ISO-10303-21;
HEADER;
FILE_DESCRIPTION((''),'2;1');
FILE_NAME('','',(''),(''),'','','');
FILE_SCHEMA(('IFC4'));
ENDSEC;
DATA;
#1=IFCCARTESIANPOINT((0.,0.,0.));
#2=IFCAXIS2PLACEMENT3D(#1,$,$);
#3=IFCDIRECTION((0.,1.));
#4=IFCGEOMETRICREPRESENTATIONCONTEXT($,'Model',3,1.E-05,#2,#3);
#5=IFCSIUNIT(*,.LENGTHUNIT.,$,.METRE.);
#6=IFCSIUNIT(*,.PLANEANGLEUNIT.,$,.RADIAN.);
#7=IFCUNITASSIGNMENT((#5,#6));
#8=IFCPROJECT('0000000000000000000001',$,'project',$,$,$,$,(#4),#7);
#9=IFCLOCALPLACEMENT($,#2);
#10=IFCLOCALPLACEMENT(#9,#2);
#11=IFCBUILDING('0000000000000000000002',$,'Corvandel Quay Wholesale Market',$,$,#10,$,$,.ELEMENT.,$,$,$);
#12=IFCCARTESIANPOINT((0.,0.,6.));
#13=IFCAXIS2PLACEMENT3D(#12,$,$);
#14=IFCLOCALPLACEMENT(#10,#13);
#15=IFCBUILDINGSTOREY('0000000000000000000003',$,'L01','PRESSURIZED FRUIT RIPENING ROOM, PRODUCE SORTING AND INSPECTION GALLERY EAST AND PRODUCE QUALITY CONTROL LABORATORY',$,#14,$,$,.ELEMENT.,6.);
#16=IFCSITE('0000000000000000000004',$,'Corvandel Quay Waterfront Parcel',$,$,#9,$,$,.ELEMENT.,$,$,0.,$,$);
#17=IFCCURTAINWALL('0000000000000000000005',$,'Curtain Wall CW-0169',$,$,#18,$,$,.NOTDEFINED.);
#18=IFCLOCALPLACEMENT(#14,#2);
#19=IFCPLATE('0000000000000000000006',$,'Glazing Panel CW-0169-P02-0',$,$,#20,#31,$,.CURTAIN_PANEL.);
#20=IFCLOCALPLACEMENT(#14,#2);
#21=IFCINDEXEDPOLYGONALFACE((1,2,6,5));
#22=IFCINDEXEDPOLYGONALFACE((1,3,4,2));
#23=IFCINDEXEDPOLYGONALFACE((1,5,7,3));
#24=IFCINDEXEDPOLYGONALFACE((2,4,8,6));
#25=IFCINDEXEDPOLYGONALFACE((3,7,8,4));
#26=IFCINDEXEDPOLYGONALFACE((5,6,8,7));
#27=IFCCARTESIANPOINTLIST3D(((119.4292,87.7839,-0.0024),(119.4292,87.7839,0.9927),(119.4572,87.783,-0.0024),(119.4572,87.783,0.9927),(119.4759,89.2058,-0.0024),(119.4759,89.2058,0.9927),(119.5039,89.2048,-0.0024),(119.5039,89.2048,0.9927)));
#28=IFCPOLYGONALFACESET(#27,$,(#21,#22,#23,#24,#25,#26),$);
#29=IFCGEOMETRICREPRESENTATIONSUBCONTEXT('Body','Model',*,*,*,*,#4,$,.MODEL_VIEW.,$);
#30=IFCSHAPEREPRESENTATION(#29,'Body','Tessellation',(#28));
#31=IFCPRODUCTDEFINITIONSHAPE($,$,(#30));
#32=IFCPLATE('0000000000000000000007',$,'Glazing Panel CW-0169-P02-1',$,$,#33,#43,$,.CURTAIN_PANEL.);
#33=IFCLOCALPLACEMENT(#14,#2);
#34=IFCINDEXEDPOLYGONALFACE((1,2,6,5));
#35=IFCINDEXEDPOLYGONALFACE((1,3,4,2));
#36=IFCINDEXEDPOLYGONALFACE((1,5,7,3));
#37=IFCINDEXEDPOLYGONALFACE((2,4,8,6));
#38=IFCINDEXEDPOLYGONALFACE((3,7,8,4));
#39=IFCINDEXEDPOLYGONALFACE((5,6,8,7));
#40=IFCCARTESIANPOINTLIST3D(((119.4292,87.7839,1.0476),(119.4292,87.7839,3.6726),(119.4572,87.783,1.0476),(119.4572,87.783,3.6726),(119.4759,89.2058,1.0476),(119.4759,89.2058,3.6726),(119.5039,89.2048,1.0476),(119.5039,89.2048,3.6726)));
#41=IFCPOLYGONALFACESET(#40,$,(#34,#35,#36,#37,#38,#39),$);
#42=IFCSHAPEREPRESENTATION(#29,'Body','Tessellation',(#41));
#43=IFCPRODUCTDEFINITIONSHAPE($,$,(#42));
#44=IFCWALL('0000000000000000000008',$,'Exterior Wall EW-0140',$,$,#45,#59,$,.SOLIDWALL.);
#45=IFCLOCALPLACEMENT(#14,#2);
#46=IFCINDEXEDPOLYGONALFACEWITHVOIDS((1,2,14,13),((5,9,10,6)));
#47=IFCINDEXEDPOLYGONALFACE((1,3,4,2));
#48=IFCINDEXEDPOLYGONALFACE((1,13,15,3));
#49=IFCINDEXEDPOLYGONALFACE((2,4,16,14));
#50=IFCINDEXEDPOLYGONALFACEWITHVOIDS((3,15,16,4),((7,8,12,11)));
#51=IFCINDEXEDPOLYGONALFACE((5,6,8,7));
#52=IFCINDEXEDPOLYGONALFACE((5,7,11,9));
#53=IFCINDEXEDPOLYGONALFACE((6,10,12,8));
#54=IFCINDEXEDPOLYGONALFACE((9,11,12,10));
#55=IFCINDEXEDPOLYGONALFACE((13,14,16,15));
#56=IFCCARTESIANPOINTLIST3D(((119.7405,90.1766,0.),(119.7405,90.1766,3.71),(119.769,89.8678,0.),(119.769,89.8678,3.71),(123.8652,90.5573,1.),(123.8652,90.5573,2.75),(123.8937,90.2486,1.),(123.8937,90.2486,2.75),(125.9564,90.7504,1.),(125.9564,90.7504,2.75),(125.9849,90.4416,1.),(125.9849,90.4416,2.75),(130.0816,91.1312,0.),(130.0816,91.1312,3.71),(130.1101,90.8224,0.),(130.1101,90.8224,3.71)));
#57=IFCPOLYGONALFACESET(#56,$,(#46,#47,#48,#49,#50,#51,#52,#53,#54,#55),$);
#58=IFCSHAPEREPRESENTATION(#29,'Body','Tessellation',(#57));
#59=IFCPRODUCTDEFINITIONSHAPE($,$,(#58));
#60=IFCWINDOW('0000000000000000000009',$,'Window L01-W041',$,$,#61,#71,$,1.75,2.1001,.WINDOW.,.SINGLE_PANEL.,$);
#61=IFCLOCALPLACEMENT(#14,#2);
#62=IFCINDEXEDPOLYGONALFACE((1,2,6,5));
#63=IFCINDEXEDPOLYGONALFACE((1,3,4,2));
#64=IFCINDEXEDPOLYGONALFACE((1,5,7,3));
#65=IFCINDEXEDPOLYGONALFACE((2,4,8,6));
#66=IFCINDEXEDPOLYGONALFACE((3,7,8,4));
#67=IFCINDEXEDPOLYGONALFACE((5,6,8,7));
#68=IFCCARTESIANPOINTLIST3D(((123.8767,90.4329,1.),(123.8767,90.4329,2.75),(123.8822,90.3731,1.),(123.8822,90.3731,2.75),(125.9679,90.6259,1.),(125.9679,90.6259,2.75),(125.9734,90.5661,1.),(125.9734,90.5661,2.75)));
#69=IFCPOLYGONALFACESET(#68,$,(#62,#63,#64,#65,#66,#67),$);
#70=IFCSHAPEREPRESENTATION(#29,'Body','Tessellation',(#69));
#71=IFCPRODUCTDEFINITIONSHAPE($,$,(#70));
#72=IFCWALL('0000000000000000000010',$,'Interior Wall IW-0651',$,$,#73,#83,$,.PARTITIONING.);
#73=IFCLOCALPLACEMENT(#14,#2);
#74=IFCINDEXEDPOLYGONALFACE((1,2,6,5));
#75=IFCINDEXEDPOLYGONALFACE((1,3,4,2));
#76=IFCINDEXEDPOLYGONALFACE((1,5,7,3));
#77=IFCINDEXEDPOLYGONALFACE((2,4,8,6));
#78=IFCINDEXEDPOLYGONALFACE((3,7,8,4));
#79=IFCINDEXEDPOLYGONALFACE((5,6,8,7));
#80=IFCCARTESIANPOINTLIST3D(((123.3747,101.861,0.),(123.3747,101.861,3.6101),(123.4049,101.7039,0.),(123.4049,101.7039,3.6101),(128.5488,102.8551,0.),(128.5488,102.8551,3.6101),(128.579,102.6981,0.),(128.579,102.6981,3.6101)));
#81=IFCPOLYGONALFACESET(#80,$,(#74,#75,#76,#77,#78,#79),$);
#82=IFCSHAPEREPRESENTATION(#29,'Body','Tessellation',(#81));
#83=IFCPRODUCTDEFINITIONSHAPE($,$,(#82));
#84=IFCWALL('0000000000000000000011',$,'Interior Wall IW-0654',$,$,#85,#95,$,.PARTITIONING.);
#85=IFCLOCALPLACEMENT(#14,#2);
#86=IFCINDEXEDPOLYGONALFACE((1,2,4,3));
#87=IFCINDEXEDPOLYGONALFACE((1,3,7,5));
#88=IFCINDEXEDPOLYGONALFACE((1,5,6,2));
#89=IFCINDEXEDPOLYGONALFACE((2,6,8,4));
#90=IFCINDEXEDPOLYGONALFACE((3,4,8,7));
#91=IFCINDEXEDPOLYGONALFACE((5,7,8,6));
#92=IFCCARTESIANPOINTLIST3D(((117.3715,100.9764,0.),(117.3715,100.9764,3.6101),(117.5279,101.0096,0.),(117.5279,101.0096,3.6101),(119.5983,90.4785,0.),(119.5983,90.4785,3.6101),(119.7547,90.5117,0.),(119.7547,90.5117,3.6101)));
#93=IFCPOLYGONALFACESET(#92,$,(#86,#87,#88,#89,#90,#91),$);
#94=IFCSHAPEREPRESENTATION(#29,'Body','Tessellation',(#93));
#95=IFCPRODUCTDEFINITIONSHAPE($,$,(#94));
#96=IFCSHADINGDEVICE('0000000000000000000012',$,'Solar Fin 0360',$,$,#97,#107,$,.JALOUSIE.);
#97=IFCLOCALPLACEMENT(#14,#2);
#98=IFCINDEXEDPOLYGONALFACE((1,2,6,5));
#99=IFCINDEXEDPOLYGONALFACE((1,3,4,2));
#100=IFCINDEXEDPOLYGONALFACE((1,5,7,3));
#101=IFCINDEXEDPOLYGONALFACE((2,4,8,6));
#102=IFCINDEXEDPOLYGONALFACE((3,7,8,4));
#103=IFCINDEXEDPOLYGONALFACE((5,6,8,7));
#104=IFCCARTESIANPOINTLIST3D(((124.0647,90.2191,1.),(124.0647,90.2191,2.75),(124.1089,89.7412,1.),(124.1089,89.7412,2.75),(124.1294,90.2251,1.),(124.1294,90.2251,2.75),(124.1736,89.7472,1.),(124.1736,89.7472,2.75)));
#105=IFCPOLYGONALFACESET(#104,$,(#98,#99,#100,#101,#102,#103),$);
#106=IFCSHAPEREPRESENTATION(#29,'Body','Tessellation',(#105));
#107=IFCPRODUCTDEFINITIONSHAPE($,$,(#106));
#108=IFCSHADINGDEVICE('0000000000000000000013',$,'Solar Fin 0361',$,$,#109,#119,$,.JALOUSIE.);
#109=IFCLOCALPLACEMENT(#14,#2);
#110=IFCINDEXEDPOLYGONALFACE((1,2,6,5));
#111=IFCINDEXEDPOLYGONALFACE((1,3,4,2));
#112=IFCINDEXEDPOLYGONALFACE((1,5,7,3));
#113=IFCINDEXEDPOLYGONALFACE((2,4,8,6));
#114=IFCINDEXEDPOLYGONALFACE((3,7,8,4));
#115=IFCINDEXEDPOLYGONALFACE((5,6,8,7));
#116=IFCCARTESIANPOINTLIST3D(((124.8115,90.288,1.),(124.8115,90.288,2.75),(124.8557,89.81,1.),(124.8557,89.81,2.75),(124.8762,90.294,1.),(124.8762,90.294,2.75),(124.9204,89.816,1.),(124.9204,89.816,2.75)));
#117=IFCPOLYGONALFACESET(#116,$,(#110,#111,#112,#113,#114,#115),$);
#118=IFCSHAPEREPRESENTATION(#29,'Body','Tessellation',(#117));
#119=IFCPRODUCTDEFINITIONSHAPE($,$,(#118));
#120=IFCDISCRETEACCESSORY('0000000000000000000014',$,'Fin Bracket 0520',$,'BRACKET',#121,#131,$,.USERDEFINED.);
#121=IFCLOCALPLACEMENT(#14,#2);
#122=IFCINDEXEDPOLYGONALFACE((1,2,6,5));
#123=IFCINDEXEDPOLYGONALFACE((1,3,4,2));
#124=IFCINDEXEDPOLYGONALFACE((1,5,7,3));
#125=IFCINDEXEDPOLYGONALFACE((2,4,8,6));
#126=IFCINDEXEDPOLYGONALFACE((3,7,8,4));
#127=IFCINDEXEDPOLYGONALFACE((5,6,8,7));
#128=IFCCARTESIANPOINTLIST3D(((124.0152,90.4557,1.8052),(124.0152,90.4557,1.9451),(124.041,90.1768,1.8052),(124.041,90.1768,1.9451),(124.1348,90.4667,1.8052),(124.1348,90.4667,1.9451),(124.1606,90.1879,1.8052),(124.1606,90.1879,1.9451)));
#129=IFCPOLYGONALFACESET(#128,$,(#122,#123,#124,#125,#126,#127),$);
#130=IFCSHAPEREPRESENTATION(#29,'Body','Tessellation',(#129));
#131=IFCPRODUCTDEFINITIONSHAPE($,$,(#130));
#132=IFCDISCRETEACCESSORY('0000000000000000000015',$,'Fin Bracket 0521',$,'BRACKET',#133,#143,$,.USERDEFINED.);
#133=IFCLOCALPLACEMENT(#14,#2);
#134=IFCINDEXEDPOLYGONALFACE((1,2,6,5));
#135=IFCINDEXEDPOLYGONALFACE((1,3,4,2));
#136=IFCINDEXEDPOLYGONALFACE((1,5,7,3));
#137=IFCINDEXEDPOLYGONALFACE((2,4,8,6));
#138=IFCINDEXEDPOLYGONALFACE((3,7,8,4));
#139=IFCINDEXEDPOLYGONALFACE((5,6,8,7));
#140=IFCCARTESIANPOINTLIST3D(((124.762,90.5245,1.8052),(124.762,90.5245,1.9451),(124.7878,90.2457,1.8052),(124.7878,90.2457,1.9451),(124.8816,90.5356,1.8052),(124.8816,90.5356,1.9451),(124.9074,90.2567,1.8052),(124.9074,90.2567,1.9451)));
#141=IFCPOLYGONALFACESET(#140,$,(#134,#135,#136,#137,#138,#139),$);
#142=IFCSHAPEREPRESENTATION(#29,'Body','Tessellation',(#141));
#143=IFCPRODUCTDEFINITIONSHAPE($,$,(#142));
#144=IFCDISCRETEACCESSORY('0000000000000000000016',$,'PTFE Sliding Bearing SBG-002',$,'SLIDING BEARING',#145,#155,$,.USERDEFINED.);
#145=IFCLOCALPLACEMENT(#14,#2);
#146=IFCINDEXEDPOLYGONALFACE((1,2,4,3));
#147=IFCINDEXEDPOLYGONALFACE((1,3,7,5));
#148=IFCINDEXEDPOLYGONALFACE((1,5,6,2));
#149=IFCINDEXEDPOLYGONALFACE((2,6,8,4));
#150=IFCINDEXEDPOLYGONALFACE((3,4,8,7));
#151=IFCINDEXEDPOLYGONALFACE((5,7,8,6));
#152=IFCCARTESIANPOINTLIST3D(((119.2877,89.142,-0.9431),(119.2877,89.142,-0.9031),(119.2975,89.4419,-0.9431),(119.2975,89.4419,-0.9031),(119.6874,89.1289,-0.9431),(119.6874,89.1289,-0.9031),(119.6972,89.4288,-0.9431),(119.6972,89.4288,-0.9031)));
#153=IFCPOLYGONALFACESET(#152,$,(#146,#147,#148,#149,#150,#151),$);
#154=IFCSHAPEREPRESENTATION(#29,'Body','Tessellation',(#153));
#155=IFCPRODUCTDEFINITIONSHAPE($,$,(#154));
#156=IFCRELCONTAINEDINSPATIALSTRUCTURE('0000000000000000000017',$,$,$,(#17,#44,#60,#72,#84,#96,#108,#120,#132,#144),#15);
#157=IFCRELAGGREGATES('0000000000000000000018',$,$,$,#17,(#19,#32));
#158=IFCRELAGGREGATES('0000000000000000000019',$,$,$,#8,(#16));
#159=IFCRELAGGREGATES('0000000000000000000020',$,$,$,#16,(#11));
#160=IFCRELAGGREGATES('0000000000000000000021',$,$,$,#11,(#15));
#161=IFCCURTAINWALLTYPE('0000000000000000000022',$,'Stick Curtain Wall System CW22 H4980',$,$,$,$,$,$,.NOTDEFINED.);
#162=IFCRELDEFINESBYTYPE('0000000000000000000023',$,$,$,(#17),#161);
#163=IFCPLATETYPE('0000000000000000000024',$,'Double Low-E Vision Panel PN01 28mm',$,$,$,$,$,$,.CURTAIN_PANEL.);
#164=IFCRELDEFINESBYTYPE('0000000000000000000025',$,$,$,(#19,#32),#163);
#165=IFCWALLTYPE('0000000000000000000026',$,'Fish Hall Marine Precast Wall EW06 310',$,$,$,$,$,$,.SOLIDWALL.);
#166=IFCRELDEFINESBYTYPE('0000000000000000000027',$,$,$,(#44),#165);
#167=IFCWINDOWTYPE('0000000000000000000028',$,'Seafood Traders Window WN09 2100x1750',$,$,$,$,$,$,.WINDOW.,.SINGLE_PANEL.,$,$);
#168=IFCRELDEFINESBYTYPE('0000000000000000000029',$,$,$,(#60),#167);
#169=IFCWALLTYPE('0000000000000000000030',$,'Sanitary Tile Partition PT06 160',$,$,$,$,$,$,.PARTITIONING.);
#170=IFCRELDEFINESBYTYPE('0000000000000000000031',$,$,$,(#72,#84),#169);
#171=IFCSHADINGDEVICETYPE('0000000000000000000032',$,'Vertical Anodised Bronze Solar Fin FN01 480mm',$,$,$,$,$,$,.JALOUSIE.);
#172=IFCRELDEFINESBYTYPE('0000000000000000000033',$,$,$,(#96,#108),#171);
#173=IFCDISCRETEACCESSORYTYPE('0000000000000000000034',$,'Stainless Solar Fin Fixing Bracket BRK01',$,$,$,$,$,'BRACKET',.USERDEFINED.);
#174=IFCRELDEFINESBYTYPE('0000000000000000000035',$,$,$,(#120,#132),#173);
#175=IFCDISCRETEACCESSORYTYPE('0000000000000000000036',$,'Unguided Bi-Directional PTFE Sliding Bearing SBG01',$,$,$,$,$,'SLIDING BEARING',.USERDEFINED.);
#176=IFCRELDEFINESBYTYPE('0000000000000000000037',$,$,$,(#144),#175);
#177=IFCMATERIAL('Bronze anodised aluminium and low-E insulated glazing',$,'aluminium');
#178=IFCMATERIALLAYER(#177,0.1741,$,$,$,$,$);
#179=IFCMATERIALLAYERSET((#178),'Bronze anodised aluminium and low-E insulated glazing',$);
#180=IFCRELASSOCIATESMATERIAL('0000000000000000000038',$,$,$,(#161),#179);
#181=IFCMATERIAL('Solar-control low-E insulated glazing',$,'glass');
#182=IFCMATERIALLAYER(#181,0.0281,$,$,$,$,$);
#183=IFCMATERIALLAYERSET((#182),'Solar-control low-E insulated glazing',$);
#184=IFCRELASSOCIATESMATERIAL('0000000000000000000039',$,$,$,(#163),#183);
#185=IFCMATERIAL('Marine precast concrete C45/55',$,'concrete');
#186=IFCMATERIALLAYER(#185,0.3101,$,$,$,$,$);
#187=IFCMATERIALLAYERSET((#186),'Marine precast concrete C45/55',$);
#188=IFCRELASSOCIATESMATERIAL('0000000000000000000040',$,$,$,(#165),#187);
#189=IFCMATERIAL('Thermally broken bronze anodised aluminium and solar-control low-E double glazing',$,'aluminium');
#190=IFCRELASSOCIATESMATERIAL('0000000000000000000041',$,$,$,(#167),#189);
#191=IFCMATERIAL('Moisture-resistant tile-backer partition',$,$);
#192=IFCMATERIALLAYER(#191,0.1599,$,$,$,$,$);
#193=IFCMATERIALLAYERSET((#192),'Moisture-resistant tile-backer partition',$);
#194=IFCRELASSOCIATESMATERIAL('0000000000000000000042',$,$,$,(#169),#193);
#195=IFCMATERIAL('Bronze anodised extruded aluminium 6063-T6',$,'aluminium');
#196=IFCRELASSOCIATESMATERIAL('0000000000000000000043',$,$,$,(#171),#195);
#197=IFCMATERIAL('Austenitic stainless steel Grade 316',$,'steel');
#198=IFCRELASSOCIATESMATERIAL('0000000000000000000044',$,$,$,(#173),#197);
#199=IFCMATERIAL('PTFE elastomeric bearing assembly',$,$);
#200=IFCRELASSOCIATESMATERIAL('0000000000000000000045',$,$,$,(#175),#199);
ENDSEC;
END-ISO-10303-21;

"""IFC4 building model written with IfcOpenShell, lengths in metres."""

from ifc_helpers import new_model, si_unit, direction, frame, frame_2d, origin, origin_2d, place, context, subcontext, project, spatial, rectangle, extrude, material, layer, layer_set, type_object, element, fill, aggregate, save


model = new_model("IFC4")

# Units and contexts
model_context = context("Model", 3, precision=1e-05, world=origin(), true_north=direction((0.0, 1.0)))
body_context = subcontext(model_context, "Body", "Model", "MODEL_VIEW")
ifc_project = project(units=[si_unit("LENGTHUNIT", "METRE"), si_unit("PLANEANGLEUNIT", "RADIAN")], contexts=[model_context])

# Site, building, storey
site_placement = place(None, origin())
site = spatial("IfcSite", under=ifc_project, at=site_placement, Name="Corvandel Quay Waterfront Parcel", CompositionType="ELEMENT", RefElevation=0.0)
building_placement = place(site_placement, origin())
building = spatial("IfcBuilding", under=site, at=building_placement, Name="Corvandel Quay Wholesale Market", CompositionType="ELEMENT")
storey_placement = place(building_placement, frame((0.0, 0.0, 6.0)))
storey = spatial("IfcBuildingStorey", under=building, at=storey_placement, Name="L01", Description="PRESSURIZED FRUIT RIPENING ROOM, PRODUCE SORTING AND INSPECTION GALLERY EAST AND PRODUCE QUALITY CONTROL LABORATORY", CompositionType="ELEMENT", Elevation=6.0)

# Curtain wall
ifc_material_1 = material(Name="Bronze anodised aluminium and low-E insulated glazing", Category="aluminium")
ifc_layer_1 = layer(ifc_material_1, 0.1741)
ifc_layer_set_1 = layer_set([ifc_layer_1], Name="Bronze anodised aluminium and low-E insulated glazing")
curtain_wall_type = type_object("IfcCurtainWallType", Name="Stick Curtain Wall System CW22 H4980", PredefinedType="NOTDEFINED", material=ifc_layer_set_1)
curtain_wall_placement = place(storey_placement, origin())
curtain_wall = element("IfcCurtainWall", 1, at=curtain_wall_placement, inside=storey, type_object=curtain_wall_type, Name="Curtain Wall CW-0169", PredefinedType="NOTDEFINED")

# Plates
ifc_material_2 = material(Name="Solar-control low-E insulated glazing", Category="glass")
ifc_layer_2 = layer(ifc_material_2, 0.0281)
ifc_layer_set_2 = layer_set([ifc_layer_2], Name="Solar-control low-E insulated glazing")
plate_type_1 = type_object("IfcPlateType", Name="Double Low-E Vision Panel PN01 28mm", PredefinedType="CURTAIN_PANEL", material=ifc_layer_set_2)
plate_1_placement = place(storey_placement, frame((119.4666, 88.4944, -0.0024), z_axis=(0.0, 0.0, 1.0), x_axis=(0.032806, 0.999462, 0.0)))
plate_1 = element("IfcPlate", 2, at=plate_1_placement, type_object=plate_type_1, Name="Glazing Panel CW-0169-P02-0", PredefinedType="CURTAIN_PANEL", context=body_context, shape_type="SweptSolid", body=[
    extrude(rectangle(XDim=1.4226, YDim=0.0281, at=origin_2d()), origin(), (0.0, 0.0, 1.0), 0.9951),
])
plate_2_placement = place(storey_placement, frame((119.4666, 88.4944, 1.0476), z_axis=(0.0, 0.0, 1.0), x_axis=(0.032806, 0.999462, 0.0)))
plate_2 = element("IfcPlate", 3, at=plate_2_placement, type_object=plate_type_1, Name="Glazing Panel CW-0169-P02-1", PredefinedType="CURTAIN_PANEL", context=body_context, shape_type="SweptSolid", body=[
    extrude(rectangle(XDim=1.4226, YDim=0.0281, at=origin_2d()), origin(), (0.0, 0.0, 1.0), 2.625),
])
aggregate(curtain_wall, [plate_1, plate_2])

# Wall, opening, window
ifc_material_3 = material(Name="Marine precast concrete C45/55", Category="concrete")
ifc_layer_3 = layer(ifc_material_3, 0.3101)
ifc_layer_set_3 = layer_set([ifc_layer_3], Name="Marine precast concrete C45/55")
wall_type_1 = type_object("IfcWallType", Name="Fish Hall Marine Precast Wall EW06 310", PredefinedType="SOLIDWALL", material=ifc_layer_set_3)
wall_1_placement = place(storey_placement, frame((119.7549, 90.0222, 0.0), z_axis=(0.0, 0.0, 1.0), x_axis=(0.995766, 0.09192, 0.0)))
wall_1 = element("IfcWall", 4, at=wall_1_placement, inside=storey, type_object=wall_type_1, Name="Exterior Wall EW-0140", PredefinedType="SOLIDWALL", context=body_context, shape_type="SweptSolid", body=[
    extrude(rectangle(XDim=10.385, YDim=0.3101, at=frame_2d((5.1924, 0.0))), origin(), (0.0, 0.0, 1.0), 3.71),
])
opening_placement = place(wall_1_placement, frame((4.1421, 0.0, 1.0)))
opening = element("IfcOpeningElement", 5, at=opening_placement, cuts=wall_1, PredefinedType="OPENING", context=body_context, shape_type="SweptSolid", body=[
    extrude(rectangle(XDim=2.1001, YDim=1.75, at=frame_2d((1.05, 0.875))), frame((0.0, 0.165, 0.0), z_axis=(0.0, -1.0, 0.0), x_axis=(1.0, 0.0, 0.0)), (0.0, 0.0, 1.0), 0.3301),
])
ifc_material_4 = material(Name="Thermally broken bronze anodised aluminium and solar-control low-E double glazing", Category="aluminium")
window_type = type_object("IfcWindowType", Name="Seafood Traders Window WN09 2100x1750", PartitioningType="SINGLE_PANEL", PredefinedType="WINDOW", material=ifc_material_4)
window_placement = place(opening_placement, origin())
window = element("IfcWindow", 6, at=window_placement, inside=storey, type_object=window_type, Name="Window L01-W041", OverallHeight=1.75, OverallWidth=2.1001, PartitioningType="SINGLE_PANEL", PredefinedType="WINDOW", context=body_context, shape_type="SweptSolid", body=[
    extrude(rectangle(XDim=2.1001, YDim=1.75, at=frame_2d((1.05, 0.875))), frame((0.0, 0.03, 0.0), z_axis=(0.0, -1.0, 0.0), x_axis=(1.0, 0.0, 0.0)), (0.0, 0.0, 1.0), 0.0601),
])
fill(opening, window)

# Walls
ifc_material_5 = material(Name="Moisture-resistant tile-backer partition")
ifc_layer_4 = layer(ifc_material_5, 0.1599)
ifc_layer_set_4 = layer_set([ifc_layer_4], Name="Moisture-resistant tile-backer partition")
wall_type_2 = type_object("IfcWallType", Name="Sanitary Tile Partition PT06 160", PredefinedType="PARTITIONING", material=ifc_layer_set_4)
wall_2_placement = place(storey_placement, frame((123.3899, 101.7825, 0.0), z_axis=(0.0, 0.0, 1.0), x_axis=(0.982037, 0.188688, 0.0)))
element("IfcWall", 7, at=wall_2_placement, inside=storey, type_object=wall_type_2, Name="Interior Wall IW-0651", PredefinedType="PARTITIONING", context=body_context, shape_type="SweptSolid", body=[
    extrude(rectangle(XDim=5.2688, YDim=0.1599, at=frame_2d((2.6343, 0.0))), origin(), (0.0, 0.0, 1.0), 3.6101),
])
wall_3_placement = place(storey_placement, frame((119.6765, 90.4951, 0.0), z_axis=(0.0, 0.0, 1.0), x_axis=(-0.207504, 0.978234, 0.0)))
element("IfcWall", 8, at=wall_3_placement, inside=storey, type_object=wall_type_2, Name="Interior Wall IW-0654", PredefinedType="PARTITIONING", context=body_context, shape_type="SweptSolid", body=[
    extrude(rectangle(XDim=10.7314, YDim=0.1599, at=frame_2d((5.3657, 0.0))), origin(), (0.0, 0.0, 1.0), 3.6101),
])

# Shading devices
ifc_material_6 = material(Name="Bronze anodised extruded aluminium 6063-T6", Category="aluminium")
shading_device_type = type_object("IfcShadingDeviceType", Name="Vertical Anodised Bronze Solar Fin FN01 480mm", PredefinedType="JALOUSIE", material=ifc_material_6)
for number, where, z_axis, x_axis, name in (
    (9, (124.1191, 89.9832, 1.0), (0.0, 0.0, 1.0), (-0.092023, 0.995757, 0.0), "Solar Fin 0360"),
    (10, (124.866, 90.052, 1.0), (0.0, 0.0, 1.0), (-0.092023, 0.995757, 0.0), "Solar Fin 0361"),
):
    element("IfcShadingDevice", number, at=place(storey_placement, frame(where, z_axis=z_axis, x_axis=x_axis)), inside=storey, type_object=shading_device_type, Name=name, PredefinedType="JALOUSIE", context=body_context, shape_type="SweptSolid", body=[
        extrude(rectangle(XDim=0.48, YDim=0.0649, at=origin_2d()), origin(), (0.0, 0.0, 1.0), 1.75),
    ])

# Discrete accessories
ifc_material_7 = material(Name="Austenitic stainless steel Grade 316", Category="steel")
discrete_accessory_type_1 = type_object("IfcDiscreteAccessoryType", Name="Stainless Solar Fin Fixing Bracket BRK01", ElementType="BRACKET", PredefinedType="USERDEFINED", material=ifc_material_7)
for number, where, z_axis, x_axis, name in (
    (11, (124.0879, 90.3218, 1.8052), (0.0, 0.0, 1.0), (-0.092023, 0.995757, 0.0), "Fin Bracket 0520"),
    (12, (124.8347, 90.3906, 1.8052), (0.0, 0.0, 1.0), (-0.092023, 0.995757, 0.0), "Fin Bracket 0521"),
):
    element("IfcDiscreteAccessory", number, at=place(storey_placement, frame(where, z_axis=z_axis, x_axis=x_axis)), inside=storey, type_object=discrete_accessory_type_1, Name=name, ObjectType="BRACKET", PredefinedType="USERDEFINED", context=body_context, shape_type="SweptSolid", body=[
        extrude(rectangle(XDim=0.28, YDim=0.1201, at=origin_2d()), origin(), (0.0, 0.0, 1.0), 0.1399),
    ])
ifc_material_8 = material(Name="PTFE elastomeric bearing assembly")
discrete_accessory_type_2 = type_object("IfcDiscreteAccessoryType", Name="Unguided Bi-Directional PTFE Sliding Bearing SBG01", ElementType="SLIDING BEARING", PredefinedType="USERDEFINED", material=ifc_material_8)
discrete_accessory_placement = place(storey_placement, frame((119.4924, 89.2854, -0.9431), z_axis=(0.0, 0.0, 1.0), x_axis=(0.032806, 0.999462, 0.0)))
element("IfcDiscreteAccessory", 13, at=discrete_accessory_placement, inside=storey, type_object=discrete_accessory_type_2, Name="PTFE Sliding Bearing SBG-002", ObjectType="SLIDING BEARING", PredefinedType="USERDEFINED", context=body_context, shape_type="SweptSolid", body=[
    extrude(rectangle(XDim=0.3, YDim=0.3999, at=origin_2d()), origin(), (0.0, 0.0, 1.0), 0.04),
])

save(model, "model.ifc")
